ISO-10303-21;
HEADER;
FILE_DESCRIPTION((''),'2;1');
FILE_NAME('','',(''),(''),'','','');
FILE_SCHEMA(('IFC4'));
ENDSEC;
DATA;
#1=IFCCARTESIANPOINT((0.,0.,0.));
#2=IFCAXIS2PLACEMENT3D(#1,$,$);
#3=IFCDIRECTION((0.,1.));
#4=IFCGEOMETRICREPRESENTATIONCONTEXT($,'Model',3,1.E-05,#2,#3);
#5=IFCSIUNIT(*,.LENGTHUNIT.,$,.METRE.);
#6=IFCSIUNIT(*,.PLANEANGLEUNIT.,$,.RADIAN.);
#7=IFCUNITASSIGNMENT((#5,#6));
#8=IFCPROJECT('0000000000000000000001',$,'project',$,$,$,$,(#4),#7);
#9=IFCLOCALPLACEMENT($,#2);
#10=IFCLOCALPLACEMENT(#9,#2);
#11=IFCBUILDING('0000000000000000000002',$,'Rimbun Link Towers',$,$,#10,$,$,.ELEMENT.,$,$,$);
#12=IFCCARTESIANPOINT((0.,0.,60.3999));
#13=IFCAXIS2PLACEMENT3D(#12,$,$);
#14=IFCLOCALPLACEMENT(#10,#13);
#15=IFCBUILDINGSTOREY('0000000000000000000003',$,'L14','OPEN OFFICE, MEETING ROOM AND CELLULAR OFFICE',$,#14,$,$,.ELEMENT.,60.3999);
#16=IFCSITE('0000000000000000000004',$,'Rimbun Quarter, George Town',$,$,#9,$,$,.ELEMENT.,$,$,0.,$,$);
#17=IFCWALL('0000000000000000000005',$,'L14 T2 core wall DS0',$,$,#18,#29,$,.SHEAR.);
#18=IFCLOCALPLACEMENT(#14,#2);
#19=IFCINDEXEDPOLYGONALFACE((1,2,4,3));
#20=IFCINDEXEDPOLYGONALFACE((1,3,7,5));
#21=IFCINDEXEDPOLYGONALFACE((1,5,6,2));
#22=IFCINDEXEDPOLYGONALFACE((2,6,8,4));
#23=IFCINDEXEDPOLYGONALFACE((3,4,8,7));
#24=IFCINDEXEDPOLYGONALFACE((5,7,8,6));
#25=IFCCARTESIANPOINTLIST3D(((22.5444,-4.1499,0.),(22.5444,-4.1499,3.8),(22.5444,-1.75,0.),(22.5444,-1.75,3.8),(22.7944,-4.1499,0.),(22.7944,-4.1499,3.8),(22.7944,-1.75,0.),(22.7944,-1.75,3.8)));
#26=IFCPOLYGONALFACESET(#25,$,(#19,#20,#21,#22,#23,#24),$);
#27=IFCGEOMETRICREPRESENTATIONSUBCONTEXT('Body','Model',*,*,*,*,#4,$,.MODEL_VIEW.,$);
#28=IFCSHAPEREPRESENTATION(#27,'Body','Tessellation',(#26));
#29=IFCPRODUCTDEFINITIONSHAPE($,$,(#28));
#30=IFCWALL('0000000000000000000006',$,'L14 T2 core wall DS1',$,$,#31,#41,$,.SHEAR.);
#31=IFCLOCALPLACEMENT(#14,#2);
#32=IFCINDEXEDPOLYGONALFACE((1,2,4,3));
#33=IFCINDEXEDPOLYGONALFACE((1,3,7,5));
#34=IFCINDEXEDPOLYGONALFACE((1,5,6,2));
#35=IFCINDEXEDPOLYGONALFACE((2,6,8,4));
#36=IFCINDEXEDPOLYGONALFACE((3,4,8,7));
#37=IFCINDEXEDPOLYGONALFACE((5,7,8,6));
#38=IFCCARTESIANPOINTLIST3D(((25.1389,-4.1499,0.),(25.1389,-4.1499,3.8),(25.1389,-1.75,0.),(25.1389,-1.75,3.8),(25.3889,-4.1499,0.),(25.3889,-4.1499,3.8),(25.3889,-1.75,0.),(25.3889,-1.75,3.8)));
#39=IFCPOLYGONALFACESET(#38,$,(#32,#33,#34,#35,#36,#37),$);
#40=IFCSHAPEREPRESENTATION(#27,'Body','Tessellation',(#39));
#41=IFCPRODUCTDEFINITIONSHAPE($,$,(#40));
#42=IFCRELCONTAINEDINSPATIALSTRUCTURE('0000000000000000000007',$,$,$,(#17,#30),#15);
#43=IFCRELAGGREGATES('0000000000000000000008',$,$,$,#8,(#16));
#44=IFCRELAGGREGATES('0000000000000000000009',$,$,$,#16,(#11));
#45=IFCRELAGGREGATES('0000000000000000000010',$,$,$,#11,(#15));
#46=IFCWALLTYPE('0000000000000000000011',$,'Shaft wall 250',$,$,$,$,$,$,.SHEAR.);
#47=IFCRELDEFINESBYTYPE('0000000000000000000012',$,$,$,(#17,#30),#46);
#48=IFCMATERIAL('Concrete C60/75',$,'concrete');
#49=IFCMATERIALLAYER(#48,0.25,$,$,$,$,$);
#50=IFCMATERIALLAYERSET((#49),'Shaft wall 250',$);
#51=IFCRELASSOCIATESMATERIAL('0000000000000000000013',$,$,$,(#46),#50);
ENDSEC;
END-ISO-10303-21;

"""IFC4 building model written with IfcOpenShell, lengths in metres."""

from ifc_helpers import new_model, si_unit, direction, frame, frame_2d, origin, place, context, subcontext, project, spatial, rectangle, extrude, material, layer, layer_set, type_object, element, save


model = new_model("IFC4")

# Units and contexts
model_context = context("Model", 3, precision=1e-05, world=origin(), true_north=direction((0.0, 1.0)))
body_context = subcontext(model_context, "Body", "Model", "MODEL_VIEW")
ifc_project = project(units=[si_unit("LENGTHUNIT", "METRE"), si_unit("PLANEANGLEUNIT", "RADIAN")], contexts=[model_context])

# Site, building, storey
site_placement = place(None, origin())
site = spatial("IfcSite", under=ifc_project, at=site_placement, Name="Rimbun Quarter, George Town", CompositionType="ELEMENT", RefElevation=0.0)
building_placement = place(site_placement, origin())
building = spatial("IfcBuilding", under=site, at=building_placement, Name="Rimbun Link Towers", CompositionType="ELEMENT")
storey_placement = place(building_placement, frame((0.0, 0.0, 60.3999)))
storey = spatial("IfcBuildingStorey", under=building, at=storey_placement, Name="L14", Description="OPEN OFFICE, MEETING ROOM AND CELLULAR OFFICE", CompositionType="ELEMENT", Elevation=60.3999)

# Shared definitions
ifc_material_1 = material(Name="Concrete C60/75", Category="concrete")
ifc_layer_1 = layer(ifc_material_1, 0.25)
ifc_layer_set_1 = layer_set([ifc_layer_1], Name="Shaft wall 250")
wall_type_1 = type_object("IfcWallType", Name="Shaft wall 250", PredefinedType="SHEAR", material=ifc_layer_set_1)

# Walls
for number, where, z_axis, x_axis, name in (
    (1, (22.6694, -4.1499, 0.0), (0.0, 0.0, 1.0), (0.0, 1.0, 0.0), "L14 T2 core wall DS0"),
    (2, (25.2639, -4.1499, 0.0), (0.0, 0.0, 1.0), (0.0, 1.0, 0.0), "L14 T2 core wall DS1"),
):
    element("IfcWall", number, at=place(storey_placement, frame(where, z_axis=z_axis, x_axis=x_axis)), inside=storey, type_object=wall_type_1, Name=name, PredefinedType="SHEAR", context=body_context, shape_type="SweptSolid", body=[
        extrude(rectangle(XDim=2.3999, YDim=0.25, at=frame_2d((1.2, 0.0))), origin(), (0.0, 0.0, 1.0), 3.8),
    ])

save(model, "model.ifc")
